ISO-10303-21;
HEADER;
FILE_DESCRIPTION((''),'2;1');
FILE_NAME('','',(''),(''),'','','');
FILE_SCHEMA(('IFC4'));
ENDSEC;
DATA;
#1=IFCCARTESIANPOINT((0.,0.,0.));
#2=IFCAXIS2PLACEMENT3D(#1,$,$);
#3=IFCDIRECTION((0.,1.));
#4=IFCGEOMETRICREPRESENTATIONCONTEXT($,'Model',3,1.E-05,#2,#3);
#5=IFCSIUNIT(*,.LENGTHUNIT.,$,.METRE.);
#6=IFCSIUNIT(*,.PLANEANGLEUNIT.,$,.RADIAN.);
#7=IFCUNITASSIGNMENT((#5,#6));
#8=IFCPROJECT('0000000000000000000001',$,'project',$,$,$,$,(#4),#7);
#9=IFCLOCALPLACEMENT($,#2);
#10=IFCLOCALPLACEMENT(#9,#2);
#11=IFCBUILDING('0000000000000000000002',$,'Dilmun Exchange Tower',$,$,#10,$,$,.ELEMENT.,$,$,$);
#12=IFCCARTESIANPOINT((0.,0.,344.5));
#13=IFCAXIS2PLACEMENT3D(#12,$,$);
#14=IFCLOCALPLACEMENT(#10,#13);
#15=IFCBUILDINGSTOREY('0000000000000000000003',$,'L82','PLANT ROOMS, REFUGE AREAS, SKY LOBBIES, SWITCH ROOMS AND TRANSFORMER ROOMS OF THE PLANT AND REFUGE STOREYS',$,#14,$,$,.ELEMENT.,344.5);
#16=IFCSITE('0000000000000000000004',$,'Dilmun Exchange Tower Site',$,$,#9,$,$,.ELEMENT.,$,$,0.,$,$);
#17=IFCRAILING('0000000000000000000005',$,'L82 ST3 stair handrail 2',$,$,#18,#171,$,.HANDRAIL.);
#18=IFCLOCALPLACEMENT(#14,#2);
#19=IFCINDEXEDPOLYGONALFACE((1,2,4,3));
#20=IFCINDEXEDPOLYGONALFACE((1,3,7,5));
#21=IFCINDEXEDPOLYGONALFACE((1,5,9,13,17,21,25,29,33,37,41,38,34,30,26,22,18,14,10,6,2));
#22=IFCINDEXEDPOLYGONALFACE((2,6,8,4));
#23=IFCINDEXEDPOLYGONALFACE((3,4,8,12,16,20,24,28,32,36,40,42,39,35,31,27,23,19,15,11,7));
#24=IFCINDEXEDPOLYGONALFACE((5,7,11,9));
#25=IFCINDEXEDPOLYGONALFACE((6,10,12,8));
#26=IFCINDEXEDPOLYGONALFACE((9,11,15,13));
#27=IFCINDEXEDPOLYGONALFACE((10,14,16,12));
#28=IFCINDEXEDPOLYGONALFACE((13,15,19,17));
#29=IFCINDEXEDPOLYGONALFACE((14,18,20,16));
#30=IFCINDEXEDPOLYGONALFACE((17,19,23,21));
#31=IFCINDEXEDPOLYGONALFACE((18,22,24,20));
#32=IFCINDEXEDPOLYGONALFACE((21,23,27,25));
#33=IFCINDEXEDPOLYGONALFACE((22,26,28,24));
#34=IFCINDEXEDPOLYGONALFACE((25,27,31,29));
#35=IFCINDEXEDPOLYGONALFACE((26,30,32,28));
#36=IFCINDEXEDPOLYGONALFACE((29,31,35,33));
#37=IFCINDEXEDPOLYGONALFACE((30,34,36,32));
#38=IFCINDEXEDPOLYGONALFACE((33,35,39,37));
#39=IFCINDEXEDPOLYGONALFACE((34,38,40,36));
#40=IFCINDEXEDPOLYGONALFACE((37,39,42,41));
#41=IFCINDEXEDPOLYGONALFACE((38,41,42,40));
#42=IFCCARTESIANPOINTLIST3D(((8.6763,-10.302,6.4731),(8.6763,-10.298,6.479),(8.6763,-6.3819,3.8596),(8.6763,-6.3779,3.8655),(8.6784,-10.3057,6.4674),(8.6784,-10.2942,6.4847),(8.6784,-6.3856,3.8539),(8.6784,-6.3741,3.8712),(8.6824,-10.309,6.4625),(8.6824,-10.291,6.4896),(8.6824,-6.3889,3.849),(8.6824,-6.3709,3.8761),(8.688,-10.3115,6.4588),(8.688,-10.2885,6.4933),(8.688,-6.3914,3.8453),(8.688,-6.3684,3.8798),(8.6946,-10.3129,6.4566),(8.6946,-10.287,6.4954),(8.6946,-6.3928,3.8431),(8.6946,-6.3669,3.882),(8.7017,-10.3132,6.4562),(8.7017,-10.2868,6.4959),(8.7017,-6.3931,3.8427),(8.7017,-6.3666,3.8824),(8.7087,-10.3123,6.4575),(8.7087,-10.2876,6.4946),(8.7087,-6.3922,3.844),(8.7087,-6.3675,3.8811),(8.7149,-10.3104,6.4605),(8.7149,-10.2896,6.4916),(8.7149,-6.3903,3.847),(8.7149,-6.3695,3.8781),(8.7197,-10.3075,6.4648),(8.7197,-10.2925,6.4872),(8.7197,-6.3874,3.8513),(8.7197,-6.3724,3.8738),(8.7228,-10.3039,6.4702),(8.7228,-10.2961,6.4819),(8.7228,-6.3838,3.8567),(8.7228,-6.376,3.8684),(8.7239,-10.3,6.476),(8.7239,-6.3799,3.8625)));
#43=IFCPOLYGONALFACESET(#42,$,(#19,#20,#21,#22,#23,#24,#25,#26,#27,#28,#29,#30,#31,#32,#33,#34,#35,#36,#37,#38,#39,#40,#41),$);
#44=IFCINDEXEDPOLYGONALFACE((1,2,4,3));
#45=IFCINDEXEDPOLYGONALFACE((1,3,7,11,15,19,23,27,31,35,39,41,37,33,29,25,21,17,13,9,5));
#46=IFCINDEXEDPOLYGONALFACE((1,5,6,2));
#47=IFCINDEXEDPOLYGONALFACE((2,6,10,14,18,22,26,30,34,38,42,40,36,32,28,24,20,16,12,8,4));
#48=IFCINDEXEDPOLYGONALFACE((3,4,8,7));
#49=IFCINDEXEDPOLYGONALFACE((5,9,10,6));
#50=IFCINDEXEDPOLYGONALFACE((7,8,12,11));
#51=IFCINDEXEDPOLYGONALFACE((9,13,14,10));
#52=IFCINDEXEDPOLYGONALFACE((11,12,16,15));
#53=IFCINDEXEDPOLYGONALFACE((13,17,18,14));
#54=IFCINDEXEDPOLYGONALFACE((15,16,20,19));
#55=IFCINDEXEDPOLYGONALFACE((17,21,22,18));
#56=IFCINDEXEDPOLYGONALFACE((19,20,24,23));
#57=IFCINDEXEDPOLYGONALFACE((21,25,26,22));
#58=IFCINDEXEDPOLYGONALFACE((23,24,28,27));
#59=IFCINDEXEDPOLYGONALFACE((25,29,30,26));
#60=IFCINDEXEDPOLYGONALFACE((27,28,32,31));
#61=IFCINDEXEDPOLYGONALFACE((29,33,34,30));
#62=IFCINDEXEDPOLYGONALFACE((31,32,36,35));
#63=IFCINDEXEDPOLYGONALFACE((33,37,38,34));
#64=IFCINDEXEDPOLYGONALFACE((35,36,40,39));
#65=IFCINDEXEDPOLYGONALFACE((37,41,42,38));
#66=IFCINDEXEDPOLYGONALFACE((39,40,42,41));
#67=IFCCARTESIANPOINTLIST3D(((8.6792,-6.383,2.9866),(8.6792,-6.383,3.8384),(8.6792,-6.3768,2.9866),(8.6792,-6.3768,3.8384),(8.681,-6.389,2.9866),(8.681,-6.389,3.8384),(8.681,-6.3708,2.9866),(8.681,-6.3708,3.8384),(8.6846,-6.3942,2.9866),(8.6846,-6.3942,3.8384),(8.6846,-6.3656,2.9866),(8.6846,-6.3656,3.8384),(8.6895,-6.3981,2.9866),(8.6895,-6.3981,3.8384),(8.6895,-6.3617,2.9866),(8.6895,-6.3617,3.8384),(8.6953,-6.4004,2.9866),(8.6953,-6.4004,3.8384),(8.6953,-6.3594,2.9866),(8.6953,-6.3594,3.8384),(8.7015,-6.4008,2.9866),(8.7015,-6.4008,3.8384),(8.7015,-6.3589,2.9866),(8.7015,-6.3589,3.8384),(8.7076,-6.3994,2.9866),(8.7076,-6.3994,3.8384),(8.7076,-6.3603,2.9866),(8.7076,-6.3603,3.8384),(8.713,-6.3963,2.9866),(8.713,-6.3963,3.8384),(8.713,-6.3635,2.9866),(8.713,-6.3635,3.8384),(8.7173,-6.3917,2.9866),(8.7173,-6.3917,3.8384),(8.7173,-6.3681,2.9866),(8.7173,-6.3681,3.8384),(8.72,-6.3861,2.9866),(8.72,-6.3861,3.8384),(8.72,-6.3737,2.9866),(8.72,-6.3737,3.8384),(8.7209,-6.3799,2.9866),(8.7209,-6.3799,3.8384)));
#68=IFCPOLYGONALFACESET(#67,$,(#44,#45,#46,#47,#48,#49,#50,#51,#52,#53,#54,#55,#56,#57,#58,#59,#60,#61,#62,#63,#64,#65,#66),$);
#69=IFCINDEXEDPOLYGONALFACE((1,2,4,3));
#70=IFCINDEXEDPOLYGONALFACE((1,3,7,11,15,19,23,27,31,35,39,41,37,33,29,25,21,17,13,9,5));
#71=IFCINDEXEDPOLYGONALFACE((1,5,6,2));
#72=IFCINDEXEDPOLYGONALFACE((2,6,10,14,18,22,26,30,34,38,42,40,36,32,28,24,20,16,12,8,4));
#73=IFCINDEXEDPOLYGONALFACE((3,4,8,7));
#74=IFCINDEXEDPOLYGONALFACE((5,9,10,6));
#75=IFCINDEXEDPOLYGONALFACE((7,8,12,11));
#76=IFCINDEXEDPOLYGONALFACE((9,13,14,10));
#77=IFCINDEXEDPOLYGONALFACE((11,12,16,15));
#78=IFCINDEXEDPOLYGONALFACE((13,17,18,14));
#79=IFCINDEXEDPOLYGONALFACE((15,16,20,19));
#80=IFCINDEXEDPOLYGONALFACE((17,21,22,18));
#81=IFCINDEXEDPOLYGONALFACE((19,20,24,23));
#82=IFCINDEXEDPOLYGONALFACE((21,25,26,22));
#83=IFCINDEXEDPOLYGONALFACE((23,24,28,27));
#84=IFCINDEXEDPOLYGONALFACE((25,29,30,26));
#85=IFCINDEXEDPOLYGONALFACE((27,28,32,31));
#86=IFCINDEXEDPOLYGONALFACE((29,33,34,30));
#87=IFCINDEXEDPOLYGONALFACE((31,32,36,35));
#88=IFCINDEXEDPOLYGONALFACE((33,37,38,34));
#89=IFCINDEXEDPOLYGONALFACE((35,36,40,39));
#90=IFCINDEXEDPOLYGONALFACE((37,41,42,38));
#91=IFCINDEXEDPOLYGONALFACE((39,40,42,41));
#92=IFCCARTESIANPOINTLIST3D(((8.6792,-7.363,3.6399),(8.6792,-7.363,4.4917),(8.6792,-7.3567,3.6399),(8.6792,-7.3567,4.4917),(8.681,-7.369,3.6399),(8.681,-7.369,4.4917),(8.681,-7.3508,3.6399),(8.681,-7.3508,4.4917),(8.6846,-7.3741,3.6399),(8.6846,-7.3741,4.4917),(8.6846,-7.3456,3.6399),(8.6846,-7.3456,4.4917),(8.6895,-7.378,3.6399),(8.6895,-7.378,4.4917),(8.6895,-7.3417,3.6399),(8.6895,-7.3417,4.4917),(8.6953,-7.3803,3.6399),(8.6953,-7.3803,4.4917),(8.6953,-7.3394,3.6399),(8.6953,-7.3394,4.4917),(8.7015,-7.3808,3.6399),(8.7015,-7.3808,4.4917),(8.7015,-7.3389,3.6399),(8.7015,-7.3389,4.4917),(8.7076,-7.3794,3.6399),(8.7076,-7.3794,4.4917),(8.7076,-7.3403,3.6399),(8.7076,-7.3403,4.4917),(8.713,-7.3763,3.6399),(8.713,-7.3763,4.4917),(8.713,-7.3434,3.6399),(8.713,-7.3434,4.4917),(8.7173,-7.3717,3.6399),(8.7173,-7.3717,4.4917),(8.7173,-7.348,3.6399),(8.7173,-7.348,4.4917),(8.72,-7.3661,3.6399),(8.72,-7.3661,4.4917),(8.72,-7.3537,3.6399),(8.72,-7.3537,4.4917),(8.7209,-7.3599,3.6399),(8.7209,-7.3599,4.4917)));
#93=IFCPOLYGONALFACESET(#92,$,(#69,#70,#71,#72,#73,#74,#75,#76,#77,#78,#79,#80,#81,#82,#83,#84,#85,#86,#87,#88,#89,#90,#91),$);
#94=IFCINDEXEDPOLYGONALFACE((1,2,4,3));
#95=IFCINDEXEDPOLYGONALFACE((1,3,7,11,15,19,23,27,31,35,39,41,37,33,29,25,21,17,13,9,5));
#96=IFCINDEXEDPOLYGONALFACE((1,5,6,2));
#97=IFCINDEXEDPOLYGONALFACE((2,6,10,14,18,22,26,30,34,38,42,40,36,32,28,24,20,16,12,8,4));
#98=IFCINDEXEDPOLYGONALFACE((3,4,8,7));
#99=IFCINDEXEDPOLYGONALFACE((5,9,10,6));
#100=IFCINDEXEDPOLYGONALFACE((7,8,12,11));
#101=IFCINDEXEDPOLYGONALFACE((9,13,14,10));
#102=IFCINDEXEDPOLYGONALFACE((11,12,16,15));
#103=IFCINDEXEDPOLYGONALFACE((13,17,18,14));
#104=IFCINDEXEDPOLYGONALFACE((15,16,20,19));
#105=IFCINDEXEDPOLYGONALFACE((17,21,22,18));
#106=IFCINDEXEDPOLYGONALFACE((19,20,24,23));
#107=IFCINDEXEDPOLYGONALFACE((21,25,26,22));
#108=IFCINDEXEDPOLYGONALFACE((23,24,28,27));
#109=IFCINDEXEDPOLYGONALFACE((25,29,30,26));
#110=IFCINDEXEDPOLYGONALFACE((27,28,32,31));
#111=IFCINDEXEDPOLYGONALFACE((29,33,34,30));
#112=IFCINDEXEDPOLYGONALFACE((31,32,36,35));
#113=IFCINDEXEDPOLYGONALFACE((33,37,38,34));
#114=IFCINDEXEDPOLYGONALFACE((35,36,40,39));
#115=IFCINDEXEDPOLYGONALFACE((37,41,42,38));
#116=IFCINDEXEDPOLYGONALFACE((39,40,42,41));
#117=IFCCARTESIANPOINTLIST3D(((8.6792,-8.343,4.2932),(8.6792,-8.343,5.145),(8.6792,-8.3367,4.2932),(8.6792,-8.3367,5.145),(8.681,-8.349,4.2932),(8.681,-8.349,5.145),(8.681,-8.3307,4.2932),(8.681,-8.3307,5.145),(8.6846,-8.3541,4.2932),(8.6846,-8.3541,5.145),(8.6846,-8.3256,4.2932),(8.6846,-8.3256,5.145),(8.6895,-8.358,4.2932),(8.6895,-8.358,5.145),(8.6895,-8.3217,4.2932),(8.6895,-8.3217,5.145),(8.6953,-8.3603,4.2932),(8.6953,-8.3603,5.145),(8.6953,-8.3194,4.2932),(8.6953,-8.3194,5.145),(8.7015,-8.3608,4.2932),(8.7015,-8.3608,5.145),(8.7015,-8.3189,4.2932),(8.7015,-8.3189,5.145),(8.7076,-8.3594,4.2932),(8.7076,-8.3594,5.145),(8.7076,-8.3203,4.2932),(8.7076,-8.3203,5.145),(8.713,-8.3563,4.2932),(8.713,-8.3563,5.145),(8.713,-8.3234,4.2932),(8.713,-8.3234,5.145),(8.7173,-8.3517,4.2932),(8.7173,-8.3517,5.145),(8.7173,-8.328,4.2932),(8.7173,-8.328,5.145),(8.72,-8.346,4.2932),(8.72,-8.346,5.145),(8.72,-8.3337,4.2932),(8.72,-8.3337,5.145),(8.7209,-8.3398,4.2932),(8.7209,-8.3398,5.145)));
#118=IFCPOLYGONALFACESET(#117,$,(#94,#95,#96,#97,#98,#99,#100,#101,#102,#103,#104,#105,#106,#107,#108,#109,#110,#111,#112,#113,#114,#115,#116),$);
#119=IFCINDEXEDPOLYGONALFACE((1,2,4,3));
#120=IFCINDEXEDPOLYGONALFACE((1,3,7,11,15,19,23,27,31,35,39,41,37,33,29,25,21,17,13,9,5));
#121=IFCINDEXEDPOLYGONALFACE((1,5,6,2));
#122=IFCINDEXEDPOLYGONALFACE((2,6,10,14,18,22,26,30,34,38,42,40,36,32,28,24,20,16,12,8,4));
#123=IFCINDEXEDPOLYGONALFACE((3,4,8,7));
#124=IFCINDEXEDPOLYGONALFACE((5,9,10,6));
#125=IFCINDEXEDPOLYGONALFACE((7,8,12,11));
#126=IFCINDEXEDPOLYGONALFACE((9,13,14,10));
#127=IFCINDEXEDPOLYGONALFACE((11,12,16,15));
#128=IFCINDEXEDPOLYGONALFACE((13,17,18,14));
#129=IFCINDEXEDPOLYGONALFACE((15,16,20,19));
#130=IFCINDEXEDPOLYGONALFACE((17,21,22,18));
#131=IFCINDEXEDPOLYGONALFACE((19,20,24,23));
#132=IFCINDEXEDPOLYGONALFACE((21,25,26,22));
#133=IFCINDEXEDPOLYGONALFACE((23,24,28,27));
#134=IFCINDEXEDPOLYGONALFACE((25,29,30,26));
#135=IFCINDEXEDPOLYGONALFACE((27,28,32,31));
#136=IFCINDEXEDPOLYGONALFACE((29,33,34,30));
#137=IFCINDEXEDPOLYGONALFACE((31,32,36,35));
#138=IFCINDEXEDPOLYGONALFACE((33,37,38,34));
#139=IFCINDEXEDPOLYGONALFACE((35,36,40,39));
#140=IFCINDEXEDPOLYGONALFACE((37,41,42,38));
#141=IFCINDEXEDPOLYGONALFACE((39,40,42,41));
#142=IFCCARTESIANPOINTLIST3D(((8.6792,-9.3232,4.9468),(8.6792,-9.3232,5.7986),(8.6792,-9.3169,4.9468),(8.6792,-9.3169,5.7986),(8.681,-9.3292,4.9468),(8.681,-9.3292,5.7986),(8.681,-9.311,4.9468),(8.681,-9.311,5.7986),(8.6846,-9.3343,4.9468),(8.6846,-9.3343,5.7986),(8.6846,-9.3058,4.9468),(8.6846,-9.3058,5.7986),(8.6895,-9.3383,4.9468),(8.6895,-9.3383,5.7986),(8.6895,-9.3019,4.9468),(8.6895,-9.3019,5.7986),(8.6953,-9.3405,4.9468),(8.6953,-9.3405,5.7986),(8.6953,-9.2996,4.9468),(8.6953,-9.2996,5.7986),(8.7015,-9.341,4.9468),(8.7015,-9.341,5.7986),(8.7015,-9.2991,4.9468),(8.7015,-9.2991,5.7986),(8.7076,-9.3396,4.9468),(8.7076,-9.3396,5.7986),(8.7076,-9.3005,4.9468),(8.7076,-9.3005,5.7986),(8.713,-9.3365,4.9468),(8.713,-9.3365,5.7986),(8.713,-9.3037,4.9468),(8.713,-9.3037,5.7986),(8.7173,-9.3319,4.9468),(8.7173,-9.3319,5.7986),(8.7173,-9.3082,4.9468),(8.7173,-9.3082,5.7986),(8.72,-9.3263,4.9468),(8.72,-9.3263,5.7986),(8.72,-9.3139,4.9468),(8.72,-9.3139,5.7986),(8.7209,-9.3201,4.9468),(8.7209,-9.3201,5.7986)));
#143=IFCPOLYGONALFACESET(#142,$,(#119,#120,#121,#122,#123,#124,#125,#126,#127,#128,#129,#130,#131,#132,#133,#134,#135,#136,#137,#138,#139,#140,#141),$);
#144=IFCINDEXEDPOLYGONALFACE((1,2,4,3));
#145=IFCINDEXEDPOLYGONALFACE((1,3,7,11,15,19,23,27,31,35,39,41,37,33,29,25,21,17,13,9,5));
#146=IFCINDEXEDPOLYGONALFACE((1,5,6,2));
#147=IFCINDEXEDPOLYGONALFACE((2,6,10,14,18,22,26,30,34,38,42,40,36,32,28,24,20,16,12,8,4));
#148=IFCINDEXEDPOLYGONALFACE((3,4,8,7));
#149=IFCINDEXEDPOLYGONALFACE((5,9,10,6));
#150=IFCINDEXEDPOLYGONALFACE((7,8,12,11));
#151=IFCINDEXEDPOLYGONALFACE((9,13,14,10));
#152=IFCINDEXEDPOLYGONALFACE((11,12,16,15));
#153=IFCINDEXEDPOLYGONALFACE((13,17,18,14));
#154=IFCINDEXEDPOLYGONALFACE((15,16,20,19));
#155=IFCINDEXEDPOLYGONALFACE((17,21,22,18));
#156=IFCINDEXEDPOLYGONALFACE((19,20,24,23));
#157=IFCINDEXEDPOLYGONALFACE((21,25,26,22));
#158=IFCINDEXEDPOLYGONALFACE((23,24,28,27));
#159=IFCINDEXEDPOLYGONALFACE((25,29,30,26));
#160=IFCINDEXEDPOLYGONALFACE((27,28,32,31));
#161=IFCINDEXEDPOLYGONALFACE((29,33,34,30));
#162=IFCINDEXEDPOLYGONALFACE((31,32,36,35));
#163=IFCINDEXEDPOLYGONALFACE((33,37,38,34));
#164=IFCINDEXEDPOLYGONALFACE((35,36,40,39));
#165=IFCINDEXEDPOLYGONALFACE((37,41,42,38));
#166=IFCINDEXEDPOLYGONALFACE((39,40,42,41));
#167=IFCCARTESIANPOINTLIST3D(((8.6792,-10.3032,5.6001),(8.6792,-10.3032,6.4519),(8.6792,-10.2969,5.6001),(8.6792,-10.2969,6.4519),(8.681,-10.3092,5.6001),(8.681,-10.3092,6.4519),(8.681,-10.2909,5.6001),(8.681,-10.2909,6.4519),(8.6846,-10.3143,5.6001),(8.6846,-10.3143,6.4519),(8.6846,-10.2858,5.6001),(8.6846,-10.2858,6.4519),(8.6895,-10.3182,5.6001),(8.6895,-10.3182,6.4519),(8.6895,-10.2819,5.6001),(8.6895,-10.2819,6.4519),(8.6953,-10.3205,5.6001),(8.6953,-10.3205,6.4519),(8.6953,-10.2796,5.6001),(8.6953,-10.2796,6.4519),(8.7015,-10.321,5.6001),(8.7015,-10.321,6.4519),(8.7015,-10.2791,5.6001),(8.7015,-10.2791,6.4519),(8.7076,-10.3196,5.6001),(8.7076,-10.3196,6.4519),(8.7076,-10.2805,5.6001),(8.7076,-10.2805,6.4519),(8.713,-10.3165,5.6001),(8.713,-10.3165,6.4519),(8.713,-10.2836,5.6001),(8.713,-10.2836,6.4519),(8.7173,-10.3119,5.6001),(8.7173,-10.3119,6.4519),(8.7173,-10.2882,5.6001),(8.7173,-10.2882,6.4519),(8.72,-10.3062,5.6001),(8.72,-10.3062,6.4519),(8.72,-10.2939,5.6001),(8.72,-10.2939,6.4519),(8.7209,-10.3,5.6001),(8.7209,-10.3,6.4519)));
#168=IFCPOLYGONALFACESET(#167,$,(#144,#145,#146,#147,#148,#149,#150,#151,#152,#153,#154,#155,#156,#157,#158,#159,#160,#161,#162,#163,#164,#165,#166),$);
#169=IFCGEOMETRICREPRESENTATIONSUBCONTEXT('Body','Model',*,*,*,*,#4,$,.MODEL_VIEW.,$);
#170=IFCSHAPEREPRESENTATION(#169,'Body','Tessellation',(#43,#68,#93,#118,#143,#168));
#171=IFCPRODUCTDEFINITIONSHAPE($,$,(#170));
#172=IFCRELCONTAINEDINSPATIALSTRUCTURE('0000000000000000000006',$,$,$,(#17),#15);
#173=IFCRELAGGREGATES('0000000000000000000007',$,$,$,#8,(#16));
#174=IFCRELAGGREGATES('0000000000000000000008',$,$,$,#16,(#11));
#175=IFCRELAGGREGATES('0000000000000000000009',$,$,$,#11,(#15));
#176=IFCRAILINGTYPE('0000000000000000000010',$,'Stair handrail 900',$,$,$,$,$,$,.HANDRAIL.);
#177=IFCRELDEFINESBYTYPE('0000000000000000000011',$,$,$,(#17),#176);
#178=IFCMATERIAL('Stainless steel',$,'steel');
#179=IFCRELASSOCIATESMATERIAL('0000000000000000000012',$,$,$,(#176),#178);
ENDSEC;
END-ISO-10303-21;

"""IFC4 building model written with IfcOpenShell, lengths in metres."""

from ifc_helpers import new_model, si_unit, direction, frame, origin, origin_2d, place, context, subcontext, project, spatial, circle, extrude, material, type_object, element, save


model = new_model("IFC4")

# Units and contexts
model_context = context("Model", 3, precision=1e-05, world=origin(), true_north=direction((0.0, 1.0)))
body_context = subcontext(model_context, "Body", "Model", "MODEL_VIEW")
ifc_project = project(units=[si_unit("LENGTHUNIT", "METRE"), si_unit("PLANEANGLEUNIT", "RADIAN")], contexts=[model_context])

# Site, building, storey
site_placement = place(None, origin())
site = spatial("IfcSite", under=ifc_project, at=site_placement, Name="Dilmun Exchange Tower Site", CompositionType="ELEMENT", RefElevation=0.0)
building_placement = place(site_placement, origin())
building = spatial("IfcBuilding", under=site, at=building_placement, Name="Dilmun Exchange Tower", CompositionType="ELEMENT")
storey_placement = place(building_placement, frame((0.0, 0.0, 344.5)))
storey = spatial("IfcBuildingStorey", under=building, at=storey_placement, Name="L82", Description="PLANT ROOMS, REFUGE AREAS, SKY LOBBIES, SWITCH ROOMS AND TRANSFORMER ROOMS OF THE PLANT AND REFUGE STOREYS", CompositionType="ELEMENT", Elevation=344.5)

# Railing
ifc_material_1 = material(Name="Stainless steel", Category="steel")
railing_type = type_object("IfcRailingType", Name="Stair handrail 900", PredefinedType="HANDRAIL", material=ifc_material_1)
railing_1_placement = place(storey_placement, frame((8.7, -6.3799, 2.9866)))
element("IfcRailing", 1, at=railing_1_placement, inside=storey, type_object=railing_type, Name="L82 ST3 stair handrail 2", PredefinedType="HANDRAIL", context=body_context, shape_type="SweptSolid", body=[
    extrude(circle(Radius=0.0239, at=origin_2d()), frame((0.0, 0.0, 0.876), z_axis=(0.0, -0.832042, 0.554712), x_axis=(1.0, 0.0, 0.0)), (0.0, 0.0, 1.0), 4.7114),
    extrude(circle(Radius=0.021, at=origin_2d()), origin(), (0.0, 0.0, 1.0), 0.8518),
    extrude(circle(Radius=0.021, at=origin_2d()), frame((0.0, -0.98, 0.6533)), (0.0, 0.0, 1.0), 0.8518),
    extrude(circle(Radius=0.021, at=origin_2d()), frame((0.0, -1.96, 1.3066)), (0.0, 0.0, 1.0), 0.8518),
    extrude(circle(Radius=0.021, at=origin_2d()), frame((0.0, -2.9402, 1.9602)), (0.0, 0.0, 1.0), 0.8518),
    extrude(circle(Radius=0.021, at=origin_2d()), frame((0.0, -3.9202, 2.6135)), (0.0, 0.0, 1.0), 0.8518),
])

save(model, "model.ifc")
